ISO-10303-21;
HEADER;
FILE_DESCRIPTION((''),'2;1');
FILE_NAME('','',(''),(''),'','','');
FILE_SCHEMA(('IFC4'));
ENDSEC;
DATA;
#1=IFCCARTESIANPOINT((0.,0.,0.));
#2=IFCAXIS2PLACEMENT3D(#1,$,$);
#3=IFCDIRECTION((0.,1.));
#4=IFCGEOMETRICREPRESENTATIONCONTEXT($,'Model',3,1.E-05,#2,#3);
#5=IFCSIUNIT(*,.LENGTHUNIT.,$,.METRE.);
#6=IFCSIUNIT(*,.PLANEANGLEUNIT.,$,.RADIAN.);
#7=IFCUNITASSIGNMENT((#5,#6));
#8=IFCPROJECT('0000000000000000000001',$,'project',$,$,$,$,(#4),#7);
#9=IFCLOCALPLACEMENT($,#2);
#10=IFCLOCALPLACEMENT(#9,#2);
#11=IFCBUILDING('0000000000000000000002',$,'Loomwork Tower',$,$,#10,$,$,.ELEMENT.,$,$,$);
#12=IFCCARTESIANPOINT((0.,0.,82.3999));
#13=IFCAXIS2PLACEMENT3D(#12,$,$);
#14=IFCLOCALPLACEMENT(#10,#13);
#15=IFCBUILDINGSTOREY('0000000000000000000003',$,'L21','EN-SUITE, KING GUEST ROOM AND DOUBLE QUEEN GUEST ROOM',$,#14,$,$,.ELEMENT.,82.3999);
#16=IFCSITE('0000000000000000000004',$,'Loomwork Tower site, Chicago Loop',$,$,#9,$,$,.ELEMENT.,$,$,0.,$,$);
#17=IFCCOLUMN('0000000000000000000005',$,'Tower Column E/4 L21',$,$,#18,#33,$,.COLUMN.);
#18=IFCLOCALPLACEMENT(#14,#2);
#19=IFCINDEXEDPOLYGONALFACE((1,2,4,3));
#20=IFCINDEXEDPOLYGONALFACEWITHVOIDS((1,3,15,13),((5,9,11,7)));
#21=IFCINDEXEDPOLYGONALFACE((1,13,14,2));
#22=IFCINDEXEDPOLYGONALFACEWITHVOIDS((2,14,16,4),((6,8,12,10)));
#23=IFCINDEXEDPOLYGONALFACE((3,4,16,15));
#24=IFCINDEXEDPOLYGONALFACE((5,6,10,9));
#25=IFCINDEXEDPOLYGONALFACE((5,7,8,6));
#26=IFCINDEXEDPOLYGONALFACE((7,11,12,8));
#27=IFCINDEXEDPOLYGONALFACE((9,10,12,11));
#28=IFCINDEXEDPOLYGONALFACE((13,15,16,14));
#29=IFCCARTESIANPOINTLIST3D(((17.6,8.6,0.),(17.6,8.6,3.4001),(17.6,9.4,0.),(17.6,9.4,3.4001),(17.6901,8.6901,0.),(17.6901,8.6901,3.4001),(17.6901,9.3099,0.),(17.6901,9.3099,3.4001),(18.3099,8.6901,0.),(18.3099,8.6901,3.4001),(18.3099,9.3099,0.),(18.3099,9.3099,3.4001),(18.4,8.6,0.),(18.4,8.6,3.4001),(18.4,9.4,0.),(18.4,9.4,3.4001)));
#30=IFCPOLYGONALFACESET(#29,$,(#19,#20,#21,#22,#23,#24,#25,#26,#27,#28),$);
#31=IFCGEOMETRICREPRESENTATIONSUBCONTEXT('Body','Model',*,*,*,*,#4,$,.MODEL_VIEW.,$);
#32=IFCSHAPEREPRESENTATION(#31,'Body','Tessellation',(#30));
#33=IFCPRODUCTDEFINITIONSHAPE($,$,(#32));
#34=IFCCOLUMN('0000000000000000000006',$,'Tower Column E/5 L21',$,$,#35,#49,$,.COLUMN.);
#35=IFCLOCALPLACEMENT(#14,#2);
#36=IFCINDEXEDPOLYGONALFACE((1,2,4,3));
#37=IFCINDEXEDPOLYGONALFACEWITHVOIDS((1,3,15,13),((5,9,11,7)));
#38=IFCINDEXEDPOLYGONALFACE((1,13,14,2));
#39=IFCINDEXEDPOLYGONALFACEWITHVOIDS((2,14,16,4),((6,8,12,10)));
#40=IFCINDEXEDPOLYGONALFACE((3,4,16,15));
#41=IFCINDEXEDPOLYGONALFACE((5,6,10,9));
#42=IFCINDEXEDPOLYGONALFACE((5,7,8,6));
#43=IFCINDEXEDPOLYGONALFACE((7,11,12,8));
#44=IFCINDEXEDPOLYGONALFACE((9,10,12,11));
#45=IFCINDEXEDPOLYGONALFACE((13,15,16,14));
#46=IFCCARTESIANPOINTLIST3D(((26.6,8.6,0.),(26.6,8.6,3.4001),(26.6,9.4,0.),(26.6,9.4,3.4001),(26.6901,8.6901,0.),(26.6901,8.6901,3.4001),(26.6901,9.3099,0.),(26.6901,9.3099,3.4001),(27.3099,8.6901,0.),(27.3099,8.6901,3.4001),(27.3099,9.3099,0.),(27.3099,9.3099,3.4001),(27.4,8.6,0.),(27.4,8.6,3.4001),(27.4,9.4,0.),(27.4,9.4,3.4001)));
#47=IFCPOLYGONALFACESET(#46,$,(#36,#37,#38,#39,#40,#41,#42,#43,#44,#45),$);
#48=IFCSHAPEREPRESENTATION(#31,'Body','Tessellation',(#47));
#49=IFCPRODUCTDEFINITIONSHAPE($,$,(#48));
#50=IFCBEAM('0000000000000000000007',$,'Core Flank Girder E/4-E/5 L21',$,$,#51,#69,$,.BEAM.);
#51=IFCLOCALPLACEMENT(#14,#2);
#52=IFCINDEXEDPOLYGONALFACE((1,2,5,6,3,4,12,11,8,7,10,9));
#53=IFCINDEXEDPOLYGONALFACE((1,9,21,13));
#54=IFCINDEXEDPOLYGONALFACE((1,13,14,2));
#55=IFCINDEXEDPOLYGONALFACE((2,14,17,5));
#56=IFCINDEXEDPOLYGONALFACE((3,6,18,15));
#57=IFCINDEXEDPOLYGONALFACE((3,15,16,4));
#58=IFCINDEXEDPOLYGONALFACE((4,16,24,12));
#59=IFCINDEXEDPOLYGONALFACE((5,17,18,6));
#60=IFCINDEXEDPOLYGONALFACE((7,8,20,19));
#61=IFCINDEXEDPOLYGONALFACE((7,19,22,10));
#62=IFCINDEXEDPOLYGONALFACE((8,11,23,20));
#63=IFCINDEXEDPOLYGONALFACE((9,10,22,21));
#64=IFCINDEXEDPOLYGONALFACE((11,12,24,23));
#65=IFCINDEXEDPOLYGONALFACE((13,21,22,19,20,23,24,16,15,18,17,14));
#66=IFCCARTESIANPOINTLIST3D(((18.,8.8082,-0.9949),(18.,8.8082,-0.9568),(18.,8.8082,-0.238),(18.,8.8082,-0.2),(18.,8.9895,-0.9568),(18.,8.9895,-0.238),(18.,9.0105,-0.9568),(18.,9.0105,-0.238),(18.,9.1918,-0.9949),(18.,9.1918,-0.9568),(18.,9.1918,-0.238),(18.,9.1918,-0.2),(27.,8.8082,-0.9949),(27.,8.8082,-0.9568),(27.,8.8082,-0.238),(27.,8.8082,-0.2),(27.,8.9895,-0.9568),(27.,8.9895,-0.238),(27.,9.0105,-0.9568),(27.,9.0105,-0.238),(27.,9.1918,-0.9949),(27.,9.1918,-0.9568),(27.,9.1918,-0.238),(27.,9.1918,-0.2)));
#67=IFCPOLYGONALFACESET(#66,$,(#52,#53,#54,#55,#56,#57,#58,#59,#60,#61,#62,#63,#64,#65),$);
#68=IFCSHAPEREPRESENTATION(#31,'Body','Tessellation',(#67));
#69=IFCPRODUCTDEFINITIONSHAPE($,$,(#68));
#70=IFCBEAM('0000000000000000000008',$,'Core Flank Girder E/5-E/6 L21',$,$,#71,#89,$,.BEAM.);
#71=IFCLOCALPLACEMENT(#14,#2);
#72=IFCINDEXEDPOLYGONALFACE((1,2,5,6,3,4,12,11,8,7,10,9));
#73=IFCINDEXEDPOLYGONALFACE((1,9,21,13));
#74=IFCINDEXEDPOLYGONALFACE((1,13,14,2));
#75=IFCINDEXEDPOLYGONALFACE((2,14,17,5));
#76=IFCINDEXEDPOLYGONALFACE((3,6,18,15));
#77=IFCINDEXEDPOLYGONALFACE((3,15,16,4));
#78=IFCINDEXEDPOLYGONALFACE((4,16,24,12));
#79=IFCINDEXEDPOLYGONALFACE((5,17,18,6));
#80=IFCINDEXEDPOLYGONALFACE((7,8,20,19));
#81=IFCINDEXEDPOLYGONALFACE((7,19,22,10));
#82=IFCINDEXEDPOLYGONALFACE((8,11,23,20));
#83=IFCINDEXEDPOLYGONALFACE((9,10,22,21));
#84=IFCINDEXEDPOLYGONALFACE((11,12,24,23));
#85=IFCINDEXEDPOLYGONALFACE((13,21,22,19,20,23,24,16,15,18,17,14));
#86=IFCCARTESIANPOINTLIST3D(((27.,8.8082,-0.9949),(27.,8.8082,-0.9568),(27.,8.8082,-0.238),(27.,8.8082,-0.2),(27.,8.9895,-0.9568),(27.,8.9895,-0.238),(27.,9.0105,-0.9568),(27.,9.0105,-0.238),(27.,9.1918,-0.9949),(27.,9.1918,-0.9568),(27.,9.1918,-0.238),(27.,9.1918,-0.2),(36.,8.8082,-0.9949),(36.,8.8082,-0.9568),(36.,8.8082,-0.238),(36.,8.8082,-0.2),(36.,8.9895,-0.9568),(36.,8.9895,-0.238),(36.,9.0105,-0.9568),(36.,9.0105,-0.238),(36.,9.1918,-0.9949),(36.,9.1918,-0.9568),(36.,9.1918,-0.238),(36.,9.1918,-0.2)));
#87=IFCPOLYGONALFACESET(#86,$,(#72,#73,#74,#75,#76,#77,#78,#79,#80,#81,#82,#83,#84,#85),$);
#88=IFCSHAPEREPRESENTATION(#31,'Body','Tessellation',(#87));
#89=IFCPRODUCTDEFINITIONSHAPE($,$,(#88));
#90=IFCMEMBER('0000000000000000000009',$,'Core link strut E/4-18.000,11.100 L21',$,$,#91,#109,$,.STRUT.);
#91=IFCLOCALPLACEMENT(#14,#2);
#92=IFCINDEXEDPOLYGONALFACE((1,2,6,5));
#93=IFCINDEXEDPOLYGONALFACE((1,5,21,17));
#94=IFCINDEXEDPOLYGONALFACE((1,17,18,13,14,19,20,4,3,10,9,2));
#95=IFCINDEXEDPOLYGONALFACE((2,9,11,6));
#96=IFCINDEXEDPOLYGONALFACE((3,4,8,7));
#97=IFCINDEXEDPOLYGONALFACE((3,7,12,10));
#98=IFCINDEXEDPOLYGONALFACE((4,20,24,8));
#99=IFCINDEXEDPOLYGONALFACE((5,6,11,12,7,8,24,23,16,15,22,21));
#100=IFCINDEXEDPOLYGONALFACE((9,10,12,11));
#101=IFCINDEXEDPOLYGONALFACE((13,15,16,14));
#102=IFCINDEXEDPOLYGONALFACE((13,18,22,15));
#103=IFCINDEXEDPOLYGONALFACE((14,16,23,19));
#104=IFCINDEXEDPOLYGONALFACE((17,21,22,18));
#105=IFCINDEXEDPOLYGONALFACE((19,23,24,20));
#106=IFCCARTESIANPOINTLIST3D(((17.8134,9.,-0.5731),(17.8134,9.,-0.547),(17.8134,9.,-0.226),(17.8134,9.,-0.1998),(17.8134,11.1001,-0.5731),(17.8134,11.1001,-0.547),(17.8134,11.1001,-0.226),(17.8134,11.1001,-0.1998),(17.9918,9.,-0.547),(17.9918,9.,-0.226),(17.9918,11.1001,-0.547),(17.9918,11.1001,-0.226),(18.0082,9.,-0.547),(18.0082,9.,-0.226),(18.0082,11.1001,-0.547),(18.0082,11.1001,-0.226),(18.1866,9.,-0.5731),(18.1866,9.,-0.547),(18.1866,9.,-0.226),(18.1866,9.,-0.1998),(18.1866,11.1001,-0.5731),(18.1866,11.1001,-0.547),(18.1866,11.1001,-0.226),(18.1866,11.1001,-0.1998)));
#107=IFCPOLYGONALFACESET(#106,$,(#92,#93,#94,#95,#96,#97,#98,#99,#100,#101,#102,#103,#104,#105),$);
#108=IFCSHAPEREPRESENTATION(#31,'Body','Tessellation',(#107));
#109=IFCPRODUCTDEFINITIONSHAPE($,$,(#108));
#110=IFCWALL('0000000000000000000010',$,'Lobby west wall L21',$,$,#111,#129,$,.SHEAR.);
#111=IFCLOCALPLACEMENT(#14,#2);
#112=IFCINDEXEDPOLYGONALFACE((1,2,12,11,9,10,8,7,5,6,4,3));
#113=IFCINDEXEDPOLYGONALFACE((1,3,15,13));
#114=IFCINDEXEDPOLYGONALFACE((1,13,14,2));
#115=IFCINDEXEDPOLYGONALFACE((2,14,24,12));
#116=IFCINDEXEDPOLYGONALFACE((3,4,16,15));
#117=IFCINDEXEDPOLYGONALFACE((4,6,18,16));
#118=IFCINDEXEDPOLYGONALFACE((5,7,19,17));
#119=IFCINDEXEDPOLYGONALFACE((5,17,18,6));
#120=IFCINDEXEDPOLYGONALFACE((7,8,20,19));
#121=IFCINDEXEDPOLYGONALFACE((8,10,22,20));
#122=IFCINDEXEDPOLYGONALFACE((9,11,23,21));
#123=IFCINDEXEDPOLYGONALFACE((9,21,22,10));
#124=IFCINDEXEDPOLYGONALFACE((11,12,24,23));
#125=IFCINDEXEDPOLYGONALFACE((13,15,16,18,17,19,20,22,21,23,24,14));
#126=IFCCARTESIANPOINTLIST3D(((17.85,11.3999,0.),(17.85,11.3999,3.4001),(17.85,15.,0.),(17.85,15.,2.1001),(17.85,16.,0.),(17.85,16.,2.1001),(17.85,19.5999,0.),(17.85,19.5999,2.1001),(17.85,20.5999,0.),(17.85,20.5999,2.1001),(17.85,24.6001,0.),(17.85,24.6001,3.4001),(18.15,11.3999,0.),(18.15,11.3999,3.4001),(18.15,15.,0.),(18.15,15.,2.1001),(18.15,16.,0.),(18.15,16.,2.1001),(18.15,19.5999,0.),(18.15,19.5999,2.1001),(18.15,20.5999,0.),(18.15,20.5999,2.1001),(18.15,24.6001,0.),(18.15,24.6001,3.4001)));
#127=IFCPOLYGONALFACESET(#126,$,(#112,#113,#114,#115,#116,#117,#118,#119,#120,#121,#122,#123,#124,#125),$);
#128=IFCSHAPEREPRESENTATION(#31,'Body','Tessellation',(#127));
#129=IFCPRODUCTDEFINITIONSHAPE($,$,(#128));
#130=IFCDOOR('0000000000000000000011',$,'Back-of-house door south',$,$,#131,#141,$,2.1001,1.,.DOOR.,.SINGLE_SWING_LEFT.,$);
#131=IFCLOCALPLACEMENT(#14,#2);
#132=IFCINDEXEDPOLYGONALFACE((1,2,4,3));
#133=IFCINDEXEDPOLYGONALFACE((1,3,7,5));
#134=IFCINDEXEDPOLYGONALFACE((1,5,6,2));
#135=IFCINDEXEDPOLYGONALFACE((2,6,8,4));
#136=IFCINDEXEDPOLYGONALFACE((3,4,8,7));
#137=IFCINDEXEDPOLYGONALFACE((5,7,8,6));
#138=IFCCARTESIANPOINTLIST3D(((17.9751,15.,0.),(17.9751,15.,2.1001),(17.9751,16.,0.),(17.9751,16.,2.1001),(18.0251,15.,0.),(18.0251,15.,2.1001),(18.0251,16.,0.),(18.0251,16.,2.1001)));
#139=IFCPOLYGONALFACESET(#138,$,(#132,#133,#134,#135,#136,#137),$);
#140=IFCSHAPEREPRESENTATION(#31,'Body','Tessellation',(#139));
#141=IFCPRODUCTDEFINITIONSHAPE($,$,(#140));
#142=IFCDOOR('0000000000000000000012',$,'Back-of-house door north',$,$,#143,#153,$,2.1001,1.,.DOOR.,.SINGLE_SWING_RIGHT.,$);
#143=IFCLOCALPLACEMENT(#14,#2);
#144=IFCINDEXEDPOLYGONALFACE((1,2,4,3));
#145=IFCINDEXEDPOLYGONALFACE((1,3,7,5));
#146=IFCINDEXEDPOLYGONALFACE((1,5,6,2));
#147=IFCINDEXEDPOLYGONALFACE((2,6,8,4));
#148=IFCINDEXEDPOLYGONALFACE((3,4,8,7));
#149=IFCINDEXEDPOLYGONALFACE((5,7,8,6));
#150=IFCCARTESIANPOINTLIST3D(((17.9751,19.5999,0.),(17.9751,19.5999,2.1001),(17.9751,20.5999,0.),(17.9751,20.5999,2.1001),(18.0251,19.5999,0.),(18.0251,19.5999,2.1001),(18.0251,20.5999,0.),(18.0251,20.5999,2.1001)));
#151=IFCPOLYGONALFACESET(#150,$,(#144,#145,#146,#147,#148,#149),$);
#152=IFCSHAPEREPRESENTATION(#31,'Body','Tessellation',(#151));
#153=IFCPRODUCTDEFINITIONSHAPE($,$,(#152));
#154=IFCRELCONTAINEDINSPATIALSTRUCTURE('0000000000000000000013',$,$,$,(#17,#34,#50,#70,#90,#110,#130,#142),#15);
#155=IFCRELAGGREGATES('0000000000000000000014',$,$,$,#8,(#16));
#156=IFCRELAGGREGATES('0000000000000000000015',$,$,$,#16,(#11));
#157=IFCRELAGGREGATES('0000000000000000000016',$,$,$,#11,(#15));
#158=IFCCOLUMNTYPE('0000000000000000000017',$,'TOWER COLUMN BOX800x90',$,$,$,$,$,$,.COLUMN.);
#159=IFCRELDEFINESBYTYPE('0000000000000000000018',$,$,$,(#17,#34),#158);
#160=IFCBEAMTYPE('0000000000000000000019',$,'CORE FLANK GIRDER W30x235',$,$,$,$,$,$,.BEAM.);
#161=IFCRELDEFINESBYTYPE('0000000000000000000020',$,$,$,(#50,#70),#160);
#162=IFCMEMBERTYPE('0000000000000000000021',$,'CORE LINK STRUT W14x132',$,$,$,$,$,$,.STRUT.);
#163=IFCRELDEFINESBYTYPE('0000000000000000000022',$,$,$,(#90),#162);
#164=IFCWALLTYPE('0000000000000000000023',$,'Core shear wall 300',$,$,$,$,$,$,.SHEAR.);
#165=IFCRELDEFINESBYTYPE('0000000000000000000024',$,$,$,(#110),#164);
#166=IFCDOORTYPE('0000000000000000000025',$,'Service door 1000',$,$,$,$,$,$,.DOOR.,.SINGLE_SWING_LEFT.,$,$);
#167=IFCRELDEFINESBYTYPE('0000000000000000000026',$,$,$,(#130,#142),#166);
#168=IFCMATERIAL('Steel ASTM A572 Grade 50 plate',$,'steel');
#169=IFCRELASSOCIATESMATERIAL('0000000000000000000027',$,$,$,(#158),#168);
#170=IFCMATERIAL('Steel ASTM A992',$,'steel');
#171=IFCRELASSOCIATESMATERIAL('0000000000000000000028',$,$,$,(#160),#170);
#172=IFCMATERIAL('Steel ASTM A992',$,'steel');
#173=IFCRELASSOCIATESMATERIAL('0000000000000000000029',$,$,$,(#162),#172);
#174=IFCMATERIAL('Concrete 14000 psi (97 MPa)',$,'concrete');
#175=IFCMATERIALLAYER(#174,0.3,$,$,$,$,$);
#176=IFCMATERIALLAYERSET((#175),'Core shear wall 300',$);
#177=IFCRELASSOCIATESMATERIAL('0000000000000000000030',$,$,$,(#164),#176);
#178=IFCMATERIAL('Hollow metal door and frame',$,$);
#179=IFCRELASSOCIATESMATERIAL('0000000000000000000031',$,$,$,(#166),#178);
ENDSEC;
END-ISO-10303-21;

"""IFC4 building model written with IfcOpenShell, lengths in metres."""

from ifc_helpers import new_model, si_unit, direction, frame, frame_2d, origin, origin_2d, place, context, subcontext, project, spatial, rectangle, hollow_rectangle, i_section, extrude, material, layer, layer_set, material_profile, profile_set, type_object, element, fill, save


model = new_model("IFC4")

# Units and contexts
model_context = context("Model", 3, precision=1e-05, world=origin(), true_north=direction((0.0, 1.0)))
body_context = subcontext(model_context, "Body", "Model", "MODEL_VIEW")
ifc_project = project(units=[si_unit("LENGTHUNIT", "METRE"), si_unit("PLANEANGLEUNIT", "RADIAN")], contexts=[model_context])

# Site, building, storey
site_placement = place(None, origin())
site = spatial("IfcSite", under=ifc_project, at=site_placement, Name="Loomwork Tower site, Chicago Loop", CompositionType="ELEMENT", RefElevation=0.0)
building_placement = place(site_placement, origin())
building = spatial("IfcBuilding", under=site, at=building_placement, Name="Loomwork Tower", CompositionType="ELEMENT")
storey_placement = place(building_placement, frame((0.0, 0.0, 82.3999)))
storey = spatial("IfcBuildingStorey", under=building, at=storey_placement, Name="L21", Description="EN-SUITE, KING GUEST ROOM AND DOUBLE QUEEN GUEST ROOM", CompositionType="ELEMENT", Elevation=82.3999)

# Columns
ifc_material_1 = material(Name="Steel ASTM A572 Grade 50 plate", Category="steel")
ifc_material_profile_1 = material_profile(ifc_material_1, hollow_rectangle(XDim=0.8, YDim=0.8, WallThickness=0.0901, at=origin_2d()), Name="BOX800x90")
ifc_profile_set_1 = profile_set([ifc_material_profile_1], Name="Steel ASTM A572 Grade 50 plate")
column_type = type_object("IfcColumnType", Name="TOWER COLUMN BOX800x90", PredefinedType="COLUMN", material=ifc_profile_set_1)
for number, where, z_axis, x_axis, name in (
    (1, (18.0, 9.0, 0.0), (0.0, 0.0, 1.0), (1.0, 0.0, 0.0), "Tower Column E/4 L21"),
    (2, (27.0, 9.0, 0.0), (0.0, 0.0, 1.0), (1.0, 0.0, 0.0), "Tower Column E/5 L21"),
):
    element("IfcColumn", number, at=place(storey_placement, frame(where, z_axis=z_axis, x_axis=x_axis)), inside=storey, type_object=column_type, Name=name, PredefinedType="COLUMN", context=body_context, shape_type="SweptSolid", body=[
        extrude(hollow_rectangle(XDim=0.8, YDim=0.8, WallThickness=0.0901, at=origin_2d()), origin(), (0.0, 0.0, 1.0), 3.4001),
    ])

# Beams
ifc_material_2 = material(Name="Steel ASTM A992", Category="steel")
ifc_material_profile_2 = material_profile(ifc_material_2, i_section(OverallWidth=0.3835, OverallDepth=0.7949, WebThickness=0.021, FlangeThickness=0.0381, at=origin_2d()), Name="W30x235")
ifc_profile_set_2 = profile_set([ifc_material_profile_2], Name="Steel ASTM A992")
beam_type = type_object("IfcBeamType", Name="CORE FLANK GIRDER W30x235", PredefinedType="BEAM", material=ifc_profile_set_2)
for number, where, z_axis, x_axis, name in (
    (3, (18.0, 9.0, -0.5974), (1.0, 0.0, 0.0), (0.0, 1.0, 0.0), "Core Flank Girder E/4-E/5 L21"),
    (4, (27.0, 9.0, -0.5974), (1.0, 0.0, 0.0), (0.0, 1.0, 0.0), "Core Flank Girder E/5-E/6 L21"),
):
    element("IfcBeam", number, at=place(storey_placement, frame(where, z_axis=z_axis, x_axis=x_axis)), inside=storey, type_object=beam_type, Name=name, PredefinedType="BEAM", context=body_context, shape_type="SweptSolid", body=[
        extrude(i_section(OverallWidth=0.3835, OverallDepth=0.7949, WebThickness=0.021, FlangeThickness=0.0381, at=origin_2d()), origin(), (0.0, 0.0, 1.0), 9.0),
    ])

# Member
ifc_material_3 = material(Name="Steel ASTM A992", Category="steel")
ifc_material_profile_3 = material_profile(ifc_material_3, i_section(OverallWidth=0.3733, OverallDepth=0.3733, WebThickness=0.0164, FlangeThickness=0.0261, at=origin_2d()), Name="W14x132")
ifc_profile_set_3 = profile_set([ifc_material_profile_3], Name="Steel ASTM A992")
member_type = type_object("IfcMemberType", Name="CORE LINK STRUT W14x132", PredefinedType="STRUT", material=ifc_profile_set_3)
member_placement = place(storey_placement, frame((18.0, 9.0, -0.3865), z_axis=(0.0, 1.0, 0.0), x_axis=(-1.0, 0.0, 0.0)))
element("IfcMember", 5, at=member_placement, inside=storey, type_object=member_type, Name="Core link strut E/4-18.000,11.100 L21", PredefinedType="STRUT", context=body_context, shape_type="SweptSolid", body=[
    extrude(i_section(OverallWidth=0.3733, OverallDepth=0.3733, WebThickness=0.0164, FlangeThickness=0.0261, at=origin_2d()), origin(), (0.0, 0.0, 1.0), 2.1001),
])

# Wall, openings, doors
ifc_material_4 = material(Name="Concrete 14000 psi (97 MPa)", Category="concrete")
ifc_layer_1 = layer(ifc_material_4, 0.3)
ifc_layer_set_1 = layer_set([ifc_layer_1], Name="Core shear wall 300")
wall_type_1 = type_object("IfcWallType", Name="Core shear wall 300", PredefinedType="SHEAR", material=ifc_layer_set_1)
wall_1_placement = place(storey_placement, frame((18.0, 11.3999, 0.0), z_axis=(0.0, 0.0, 1.0), x_axis=(0.0, 1.0, 0.0)))
wall_1 = element("IfcWall", 6, at=wall_1_placement, inside=storey, type_object=wall_type_1, Name="Lobby west wall L21", PredefinedType="SHEAR", context=body_context, shape_type="SweptSolid", body=[
    extrude(rectangle(XDim=13.2002, YDim=0.3, at=frame_2d((6.6001, 0.0))), origin(), (0.0, 0.0, 1.0), 3.4001),
])
opening_1_placement = place(wall_1_placement, frame((3.6001, 0.0, 0.0)))
opening_1 = element("IfcOpeningElement", 7, at=opening_1_placement, cuts=wall_1, PredefinedType="OPENING", context=body_context, shape_type="SweptSolid", body=[
    extrude(rectangle(XDim=1.0, YDim=2.1001, at=frame_2d((0.5, 1.05))), frame((0.0, 0.1599, 0.0), z_axis=(0.0, -1.0, 0.0), x_axis=(1.0, 0.0, 0.0)), (0.0, 0.0, 1.0), 0.3201),
])
opening_2_placement = place(wall_1_placement, frame((8.2, 0.0, 0.0)))
opening_2 = element("IfcOpeningElement", 8, at=opening_2_placement, cuts=wall_1, PredefinedType="OPENING", context=body_context, shape_type="SweptSolid", body=[
    extrude(rectangle(XDim=1.0, YDim=2.1001, at=frame_2d((0.5, 1.05))), frame((0.0, 0.1599, 0.0), z_axis=(0.0, -1.0, 0.0), x_axis=(1.0, 0.0, 0.0)), (0.0, 0.0, 1.0), 0.3201),
])
ifc_material_5 = material(Name="Hollow metal door and frame")
door_type_1 = type_object("IfcDoorType", Name="Service door 1000", OperationType="SINGLE_SWING_LEFT", PredefinedType="DOOR", material=ifc_material_5)
door_1_placement = place(opening_1_placement, origin())
door_1 = element("IfcDoor", 9, at=door_1_placement, inside=storey, type_object=door_type_1, Name="Back-of-house door south", OperationType="SINGLE_SWING_LEFT", OverallHeight=2.1001, OverallWidth=1.0, PredefinedType="DOOR", context=body_context, shape_type="SweptSolid", body=[
    extrude(rectangle(XDim=1.0, YDim=2.1001, at=frame_2d((0.5, 1.05))), frame((0.0, 0.0249, 0.0), z_axis=(0.0, -1.0, 0.0), x_axis=(1.0, 0.0, 0.0)), (0.0, 0.0, 1.0), 0.05),
])
fill(opening_1, door_1)
door_2_placement = place(opening_2_placement, origin())
door_2 = element("IfcDoor", 10, at=door_2_placement, inside=storey, type_object=door_type_1, Name="Back-of-house door north", OperationType="SINGLE_SWING_RIGHT", OverallHeight=2.1001, OverallWidth=1.0, PredefinedType="DOOR", context=body_context, shape_type="SweptSolid", body=[
    extrude(rectangle(XDim=1.0, YDim=2.1001, at=frame_2d((0.5, 1.05))), frame((0.0, 0.0249, 0.0), z_axis=(0.0, -1.0, 0.0), x_axis=(1.0, 0.0, 0.0)), (0.0, 0.0, 1.0), 0.05),
])
fill(opening_2, door_2)

save(model, "model.ifc")
